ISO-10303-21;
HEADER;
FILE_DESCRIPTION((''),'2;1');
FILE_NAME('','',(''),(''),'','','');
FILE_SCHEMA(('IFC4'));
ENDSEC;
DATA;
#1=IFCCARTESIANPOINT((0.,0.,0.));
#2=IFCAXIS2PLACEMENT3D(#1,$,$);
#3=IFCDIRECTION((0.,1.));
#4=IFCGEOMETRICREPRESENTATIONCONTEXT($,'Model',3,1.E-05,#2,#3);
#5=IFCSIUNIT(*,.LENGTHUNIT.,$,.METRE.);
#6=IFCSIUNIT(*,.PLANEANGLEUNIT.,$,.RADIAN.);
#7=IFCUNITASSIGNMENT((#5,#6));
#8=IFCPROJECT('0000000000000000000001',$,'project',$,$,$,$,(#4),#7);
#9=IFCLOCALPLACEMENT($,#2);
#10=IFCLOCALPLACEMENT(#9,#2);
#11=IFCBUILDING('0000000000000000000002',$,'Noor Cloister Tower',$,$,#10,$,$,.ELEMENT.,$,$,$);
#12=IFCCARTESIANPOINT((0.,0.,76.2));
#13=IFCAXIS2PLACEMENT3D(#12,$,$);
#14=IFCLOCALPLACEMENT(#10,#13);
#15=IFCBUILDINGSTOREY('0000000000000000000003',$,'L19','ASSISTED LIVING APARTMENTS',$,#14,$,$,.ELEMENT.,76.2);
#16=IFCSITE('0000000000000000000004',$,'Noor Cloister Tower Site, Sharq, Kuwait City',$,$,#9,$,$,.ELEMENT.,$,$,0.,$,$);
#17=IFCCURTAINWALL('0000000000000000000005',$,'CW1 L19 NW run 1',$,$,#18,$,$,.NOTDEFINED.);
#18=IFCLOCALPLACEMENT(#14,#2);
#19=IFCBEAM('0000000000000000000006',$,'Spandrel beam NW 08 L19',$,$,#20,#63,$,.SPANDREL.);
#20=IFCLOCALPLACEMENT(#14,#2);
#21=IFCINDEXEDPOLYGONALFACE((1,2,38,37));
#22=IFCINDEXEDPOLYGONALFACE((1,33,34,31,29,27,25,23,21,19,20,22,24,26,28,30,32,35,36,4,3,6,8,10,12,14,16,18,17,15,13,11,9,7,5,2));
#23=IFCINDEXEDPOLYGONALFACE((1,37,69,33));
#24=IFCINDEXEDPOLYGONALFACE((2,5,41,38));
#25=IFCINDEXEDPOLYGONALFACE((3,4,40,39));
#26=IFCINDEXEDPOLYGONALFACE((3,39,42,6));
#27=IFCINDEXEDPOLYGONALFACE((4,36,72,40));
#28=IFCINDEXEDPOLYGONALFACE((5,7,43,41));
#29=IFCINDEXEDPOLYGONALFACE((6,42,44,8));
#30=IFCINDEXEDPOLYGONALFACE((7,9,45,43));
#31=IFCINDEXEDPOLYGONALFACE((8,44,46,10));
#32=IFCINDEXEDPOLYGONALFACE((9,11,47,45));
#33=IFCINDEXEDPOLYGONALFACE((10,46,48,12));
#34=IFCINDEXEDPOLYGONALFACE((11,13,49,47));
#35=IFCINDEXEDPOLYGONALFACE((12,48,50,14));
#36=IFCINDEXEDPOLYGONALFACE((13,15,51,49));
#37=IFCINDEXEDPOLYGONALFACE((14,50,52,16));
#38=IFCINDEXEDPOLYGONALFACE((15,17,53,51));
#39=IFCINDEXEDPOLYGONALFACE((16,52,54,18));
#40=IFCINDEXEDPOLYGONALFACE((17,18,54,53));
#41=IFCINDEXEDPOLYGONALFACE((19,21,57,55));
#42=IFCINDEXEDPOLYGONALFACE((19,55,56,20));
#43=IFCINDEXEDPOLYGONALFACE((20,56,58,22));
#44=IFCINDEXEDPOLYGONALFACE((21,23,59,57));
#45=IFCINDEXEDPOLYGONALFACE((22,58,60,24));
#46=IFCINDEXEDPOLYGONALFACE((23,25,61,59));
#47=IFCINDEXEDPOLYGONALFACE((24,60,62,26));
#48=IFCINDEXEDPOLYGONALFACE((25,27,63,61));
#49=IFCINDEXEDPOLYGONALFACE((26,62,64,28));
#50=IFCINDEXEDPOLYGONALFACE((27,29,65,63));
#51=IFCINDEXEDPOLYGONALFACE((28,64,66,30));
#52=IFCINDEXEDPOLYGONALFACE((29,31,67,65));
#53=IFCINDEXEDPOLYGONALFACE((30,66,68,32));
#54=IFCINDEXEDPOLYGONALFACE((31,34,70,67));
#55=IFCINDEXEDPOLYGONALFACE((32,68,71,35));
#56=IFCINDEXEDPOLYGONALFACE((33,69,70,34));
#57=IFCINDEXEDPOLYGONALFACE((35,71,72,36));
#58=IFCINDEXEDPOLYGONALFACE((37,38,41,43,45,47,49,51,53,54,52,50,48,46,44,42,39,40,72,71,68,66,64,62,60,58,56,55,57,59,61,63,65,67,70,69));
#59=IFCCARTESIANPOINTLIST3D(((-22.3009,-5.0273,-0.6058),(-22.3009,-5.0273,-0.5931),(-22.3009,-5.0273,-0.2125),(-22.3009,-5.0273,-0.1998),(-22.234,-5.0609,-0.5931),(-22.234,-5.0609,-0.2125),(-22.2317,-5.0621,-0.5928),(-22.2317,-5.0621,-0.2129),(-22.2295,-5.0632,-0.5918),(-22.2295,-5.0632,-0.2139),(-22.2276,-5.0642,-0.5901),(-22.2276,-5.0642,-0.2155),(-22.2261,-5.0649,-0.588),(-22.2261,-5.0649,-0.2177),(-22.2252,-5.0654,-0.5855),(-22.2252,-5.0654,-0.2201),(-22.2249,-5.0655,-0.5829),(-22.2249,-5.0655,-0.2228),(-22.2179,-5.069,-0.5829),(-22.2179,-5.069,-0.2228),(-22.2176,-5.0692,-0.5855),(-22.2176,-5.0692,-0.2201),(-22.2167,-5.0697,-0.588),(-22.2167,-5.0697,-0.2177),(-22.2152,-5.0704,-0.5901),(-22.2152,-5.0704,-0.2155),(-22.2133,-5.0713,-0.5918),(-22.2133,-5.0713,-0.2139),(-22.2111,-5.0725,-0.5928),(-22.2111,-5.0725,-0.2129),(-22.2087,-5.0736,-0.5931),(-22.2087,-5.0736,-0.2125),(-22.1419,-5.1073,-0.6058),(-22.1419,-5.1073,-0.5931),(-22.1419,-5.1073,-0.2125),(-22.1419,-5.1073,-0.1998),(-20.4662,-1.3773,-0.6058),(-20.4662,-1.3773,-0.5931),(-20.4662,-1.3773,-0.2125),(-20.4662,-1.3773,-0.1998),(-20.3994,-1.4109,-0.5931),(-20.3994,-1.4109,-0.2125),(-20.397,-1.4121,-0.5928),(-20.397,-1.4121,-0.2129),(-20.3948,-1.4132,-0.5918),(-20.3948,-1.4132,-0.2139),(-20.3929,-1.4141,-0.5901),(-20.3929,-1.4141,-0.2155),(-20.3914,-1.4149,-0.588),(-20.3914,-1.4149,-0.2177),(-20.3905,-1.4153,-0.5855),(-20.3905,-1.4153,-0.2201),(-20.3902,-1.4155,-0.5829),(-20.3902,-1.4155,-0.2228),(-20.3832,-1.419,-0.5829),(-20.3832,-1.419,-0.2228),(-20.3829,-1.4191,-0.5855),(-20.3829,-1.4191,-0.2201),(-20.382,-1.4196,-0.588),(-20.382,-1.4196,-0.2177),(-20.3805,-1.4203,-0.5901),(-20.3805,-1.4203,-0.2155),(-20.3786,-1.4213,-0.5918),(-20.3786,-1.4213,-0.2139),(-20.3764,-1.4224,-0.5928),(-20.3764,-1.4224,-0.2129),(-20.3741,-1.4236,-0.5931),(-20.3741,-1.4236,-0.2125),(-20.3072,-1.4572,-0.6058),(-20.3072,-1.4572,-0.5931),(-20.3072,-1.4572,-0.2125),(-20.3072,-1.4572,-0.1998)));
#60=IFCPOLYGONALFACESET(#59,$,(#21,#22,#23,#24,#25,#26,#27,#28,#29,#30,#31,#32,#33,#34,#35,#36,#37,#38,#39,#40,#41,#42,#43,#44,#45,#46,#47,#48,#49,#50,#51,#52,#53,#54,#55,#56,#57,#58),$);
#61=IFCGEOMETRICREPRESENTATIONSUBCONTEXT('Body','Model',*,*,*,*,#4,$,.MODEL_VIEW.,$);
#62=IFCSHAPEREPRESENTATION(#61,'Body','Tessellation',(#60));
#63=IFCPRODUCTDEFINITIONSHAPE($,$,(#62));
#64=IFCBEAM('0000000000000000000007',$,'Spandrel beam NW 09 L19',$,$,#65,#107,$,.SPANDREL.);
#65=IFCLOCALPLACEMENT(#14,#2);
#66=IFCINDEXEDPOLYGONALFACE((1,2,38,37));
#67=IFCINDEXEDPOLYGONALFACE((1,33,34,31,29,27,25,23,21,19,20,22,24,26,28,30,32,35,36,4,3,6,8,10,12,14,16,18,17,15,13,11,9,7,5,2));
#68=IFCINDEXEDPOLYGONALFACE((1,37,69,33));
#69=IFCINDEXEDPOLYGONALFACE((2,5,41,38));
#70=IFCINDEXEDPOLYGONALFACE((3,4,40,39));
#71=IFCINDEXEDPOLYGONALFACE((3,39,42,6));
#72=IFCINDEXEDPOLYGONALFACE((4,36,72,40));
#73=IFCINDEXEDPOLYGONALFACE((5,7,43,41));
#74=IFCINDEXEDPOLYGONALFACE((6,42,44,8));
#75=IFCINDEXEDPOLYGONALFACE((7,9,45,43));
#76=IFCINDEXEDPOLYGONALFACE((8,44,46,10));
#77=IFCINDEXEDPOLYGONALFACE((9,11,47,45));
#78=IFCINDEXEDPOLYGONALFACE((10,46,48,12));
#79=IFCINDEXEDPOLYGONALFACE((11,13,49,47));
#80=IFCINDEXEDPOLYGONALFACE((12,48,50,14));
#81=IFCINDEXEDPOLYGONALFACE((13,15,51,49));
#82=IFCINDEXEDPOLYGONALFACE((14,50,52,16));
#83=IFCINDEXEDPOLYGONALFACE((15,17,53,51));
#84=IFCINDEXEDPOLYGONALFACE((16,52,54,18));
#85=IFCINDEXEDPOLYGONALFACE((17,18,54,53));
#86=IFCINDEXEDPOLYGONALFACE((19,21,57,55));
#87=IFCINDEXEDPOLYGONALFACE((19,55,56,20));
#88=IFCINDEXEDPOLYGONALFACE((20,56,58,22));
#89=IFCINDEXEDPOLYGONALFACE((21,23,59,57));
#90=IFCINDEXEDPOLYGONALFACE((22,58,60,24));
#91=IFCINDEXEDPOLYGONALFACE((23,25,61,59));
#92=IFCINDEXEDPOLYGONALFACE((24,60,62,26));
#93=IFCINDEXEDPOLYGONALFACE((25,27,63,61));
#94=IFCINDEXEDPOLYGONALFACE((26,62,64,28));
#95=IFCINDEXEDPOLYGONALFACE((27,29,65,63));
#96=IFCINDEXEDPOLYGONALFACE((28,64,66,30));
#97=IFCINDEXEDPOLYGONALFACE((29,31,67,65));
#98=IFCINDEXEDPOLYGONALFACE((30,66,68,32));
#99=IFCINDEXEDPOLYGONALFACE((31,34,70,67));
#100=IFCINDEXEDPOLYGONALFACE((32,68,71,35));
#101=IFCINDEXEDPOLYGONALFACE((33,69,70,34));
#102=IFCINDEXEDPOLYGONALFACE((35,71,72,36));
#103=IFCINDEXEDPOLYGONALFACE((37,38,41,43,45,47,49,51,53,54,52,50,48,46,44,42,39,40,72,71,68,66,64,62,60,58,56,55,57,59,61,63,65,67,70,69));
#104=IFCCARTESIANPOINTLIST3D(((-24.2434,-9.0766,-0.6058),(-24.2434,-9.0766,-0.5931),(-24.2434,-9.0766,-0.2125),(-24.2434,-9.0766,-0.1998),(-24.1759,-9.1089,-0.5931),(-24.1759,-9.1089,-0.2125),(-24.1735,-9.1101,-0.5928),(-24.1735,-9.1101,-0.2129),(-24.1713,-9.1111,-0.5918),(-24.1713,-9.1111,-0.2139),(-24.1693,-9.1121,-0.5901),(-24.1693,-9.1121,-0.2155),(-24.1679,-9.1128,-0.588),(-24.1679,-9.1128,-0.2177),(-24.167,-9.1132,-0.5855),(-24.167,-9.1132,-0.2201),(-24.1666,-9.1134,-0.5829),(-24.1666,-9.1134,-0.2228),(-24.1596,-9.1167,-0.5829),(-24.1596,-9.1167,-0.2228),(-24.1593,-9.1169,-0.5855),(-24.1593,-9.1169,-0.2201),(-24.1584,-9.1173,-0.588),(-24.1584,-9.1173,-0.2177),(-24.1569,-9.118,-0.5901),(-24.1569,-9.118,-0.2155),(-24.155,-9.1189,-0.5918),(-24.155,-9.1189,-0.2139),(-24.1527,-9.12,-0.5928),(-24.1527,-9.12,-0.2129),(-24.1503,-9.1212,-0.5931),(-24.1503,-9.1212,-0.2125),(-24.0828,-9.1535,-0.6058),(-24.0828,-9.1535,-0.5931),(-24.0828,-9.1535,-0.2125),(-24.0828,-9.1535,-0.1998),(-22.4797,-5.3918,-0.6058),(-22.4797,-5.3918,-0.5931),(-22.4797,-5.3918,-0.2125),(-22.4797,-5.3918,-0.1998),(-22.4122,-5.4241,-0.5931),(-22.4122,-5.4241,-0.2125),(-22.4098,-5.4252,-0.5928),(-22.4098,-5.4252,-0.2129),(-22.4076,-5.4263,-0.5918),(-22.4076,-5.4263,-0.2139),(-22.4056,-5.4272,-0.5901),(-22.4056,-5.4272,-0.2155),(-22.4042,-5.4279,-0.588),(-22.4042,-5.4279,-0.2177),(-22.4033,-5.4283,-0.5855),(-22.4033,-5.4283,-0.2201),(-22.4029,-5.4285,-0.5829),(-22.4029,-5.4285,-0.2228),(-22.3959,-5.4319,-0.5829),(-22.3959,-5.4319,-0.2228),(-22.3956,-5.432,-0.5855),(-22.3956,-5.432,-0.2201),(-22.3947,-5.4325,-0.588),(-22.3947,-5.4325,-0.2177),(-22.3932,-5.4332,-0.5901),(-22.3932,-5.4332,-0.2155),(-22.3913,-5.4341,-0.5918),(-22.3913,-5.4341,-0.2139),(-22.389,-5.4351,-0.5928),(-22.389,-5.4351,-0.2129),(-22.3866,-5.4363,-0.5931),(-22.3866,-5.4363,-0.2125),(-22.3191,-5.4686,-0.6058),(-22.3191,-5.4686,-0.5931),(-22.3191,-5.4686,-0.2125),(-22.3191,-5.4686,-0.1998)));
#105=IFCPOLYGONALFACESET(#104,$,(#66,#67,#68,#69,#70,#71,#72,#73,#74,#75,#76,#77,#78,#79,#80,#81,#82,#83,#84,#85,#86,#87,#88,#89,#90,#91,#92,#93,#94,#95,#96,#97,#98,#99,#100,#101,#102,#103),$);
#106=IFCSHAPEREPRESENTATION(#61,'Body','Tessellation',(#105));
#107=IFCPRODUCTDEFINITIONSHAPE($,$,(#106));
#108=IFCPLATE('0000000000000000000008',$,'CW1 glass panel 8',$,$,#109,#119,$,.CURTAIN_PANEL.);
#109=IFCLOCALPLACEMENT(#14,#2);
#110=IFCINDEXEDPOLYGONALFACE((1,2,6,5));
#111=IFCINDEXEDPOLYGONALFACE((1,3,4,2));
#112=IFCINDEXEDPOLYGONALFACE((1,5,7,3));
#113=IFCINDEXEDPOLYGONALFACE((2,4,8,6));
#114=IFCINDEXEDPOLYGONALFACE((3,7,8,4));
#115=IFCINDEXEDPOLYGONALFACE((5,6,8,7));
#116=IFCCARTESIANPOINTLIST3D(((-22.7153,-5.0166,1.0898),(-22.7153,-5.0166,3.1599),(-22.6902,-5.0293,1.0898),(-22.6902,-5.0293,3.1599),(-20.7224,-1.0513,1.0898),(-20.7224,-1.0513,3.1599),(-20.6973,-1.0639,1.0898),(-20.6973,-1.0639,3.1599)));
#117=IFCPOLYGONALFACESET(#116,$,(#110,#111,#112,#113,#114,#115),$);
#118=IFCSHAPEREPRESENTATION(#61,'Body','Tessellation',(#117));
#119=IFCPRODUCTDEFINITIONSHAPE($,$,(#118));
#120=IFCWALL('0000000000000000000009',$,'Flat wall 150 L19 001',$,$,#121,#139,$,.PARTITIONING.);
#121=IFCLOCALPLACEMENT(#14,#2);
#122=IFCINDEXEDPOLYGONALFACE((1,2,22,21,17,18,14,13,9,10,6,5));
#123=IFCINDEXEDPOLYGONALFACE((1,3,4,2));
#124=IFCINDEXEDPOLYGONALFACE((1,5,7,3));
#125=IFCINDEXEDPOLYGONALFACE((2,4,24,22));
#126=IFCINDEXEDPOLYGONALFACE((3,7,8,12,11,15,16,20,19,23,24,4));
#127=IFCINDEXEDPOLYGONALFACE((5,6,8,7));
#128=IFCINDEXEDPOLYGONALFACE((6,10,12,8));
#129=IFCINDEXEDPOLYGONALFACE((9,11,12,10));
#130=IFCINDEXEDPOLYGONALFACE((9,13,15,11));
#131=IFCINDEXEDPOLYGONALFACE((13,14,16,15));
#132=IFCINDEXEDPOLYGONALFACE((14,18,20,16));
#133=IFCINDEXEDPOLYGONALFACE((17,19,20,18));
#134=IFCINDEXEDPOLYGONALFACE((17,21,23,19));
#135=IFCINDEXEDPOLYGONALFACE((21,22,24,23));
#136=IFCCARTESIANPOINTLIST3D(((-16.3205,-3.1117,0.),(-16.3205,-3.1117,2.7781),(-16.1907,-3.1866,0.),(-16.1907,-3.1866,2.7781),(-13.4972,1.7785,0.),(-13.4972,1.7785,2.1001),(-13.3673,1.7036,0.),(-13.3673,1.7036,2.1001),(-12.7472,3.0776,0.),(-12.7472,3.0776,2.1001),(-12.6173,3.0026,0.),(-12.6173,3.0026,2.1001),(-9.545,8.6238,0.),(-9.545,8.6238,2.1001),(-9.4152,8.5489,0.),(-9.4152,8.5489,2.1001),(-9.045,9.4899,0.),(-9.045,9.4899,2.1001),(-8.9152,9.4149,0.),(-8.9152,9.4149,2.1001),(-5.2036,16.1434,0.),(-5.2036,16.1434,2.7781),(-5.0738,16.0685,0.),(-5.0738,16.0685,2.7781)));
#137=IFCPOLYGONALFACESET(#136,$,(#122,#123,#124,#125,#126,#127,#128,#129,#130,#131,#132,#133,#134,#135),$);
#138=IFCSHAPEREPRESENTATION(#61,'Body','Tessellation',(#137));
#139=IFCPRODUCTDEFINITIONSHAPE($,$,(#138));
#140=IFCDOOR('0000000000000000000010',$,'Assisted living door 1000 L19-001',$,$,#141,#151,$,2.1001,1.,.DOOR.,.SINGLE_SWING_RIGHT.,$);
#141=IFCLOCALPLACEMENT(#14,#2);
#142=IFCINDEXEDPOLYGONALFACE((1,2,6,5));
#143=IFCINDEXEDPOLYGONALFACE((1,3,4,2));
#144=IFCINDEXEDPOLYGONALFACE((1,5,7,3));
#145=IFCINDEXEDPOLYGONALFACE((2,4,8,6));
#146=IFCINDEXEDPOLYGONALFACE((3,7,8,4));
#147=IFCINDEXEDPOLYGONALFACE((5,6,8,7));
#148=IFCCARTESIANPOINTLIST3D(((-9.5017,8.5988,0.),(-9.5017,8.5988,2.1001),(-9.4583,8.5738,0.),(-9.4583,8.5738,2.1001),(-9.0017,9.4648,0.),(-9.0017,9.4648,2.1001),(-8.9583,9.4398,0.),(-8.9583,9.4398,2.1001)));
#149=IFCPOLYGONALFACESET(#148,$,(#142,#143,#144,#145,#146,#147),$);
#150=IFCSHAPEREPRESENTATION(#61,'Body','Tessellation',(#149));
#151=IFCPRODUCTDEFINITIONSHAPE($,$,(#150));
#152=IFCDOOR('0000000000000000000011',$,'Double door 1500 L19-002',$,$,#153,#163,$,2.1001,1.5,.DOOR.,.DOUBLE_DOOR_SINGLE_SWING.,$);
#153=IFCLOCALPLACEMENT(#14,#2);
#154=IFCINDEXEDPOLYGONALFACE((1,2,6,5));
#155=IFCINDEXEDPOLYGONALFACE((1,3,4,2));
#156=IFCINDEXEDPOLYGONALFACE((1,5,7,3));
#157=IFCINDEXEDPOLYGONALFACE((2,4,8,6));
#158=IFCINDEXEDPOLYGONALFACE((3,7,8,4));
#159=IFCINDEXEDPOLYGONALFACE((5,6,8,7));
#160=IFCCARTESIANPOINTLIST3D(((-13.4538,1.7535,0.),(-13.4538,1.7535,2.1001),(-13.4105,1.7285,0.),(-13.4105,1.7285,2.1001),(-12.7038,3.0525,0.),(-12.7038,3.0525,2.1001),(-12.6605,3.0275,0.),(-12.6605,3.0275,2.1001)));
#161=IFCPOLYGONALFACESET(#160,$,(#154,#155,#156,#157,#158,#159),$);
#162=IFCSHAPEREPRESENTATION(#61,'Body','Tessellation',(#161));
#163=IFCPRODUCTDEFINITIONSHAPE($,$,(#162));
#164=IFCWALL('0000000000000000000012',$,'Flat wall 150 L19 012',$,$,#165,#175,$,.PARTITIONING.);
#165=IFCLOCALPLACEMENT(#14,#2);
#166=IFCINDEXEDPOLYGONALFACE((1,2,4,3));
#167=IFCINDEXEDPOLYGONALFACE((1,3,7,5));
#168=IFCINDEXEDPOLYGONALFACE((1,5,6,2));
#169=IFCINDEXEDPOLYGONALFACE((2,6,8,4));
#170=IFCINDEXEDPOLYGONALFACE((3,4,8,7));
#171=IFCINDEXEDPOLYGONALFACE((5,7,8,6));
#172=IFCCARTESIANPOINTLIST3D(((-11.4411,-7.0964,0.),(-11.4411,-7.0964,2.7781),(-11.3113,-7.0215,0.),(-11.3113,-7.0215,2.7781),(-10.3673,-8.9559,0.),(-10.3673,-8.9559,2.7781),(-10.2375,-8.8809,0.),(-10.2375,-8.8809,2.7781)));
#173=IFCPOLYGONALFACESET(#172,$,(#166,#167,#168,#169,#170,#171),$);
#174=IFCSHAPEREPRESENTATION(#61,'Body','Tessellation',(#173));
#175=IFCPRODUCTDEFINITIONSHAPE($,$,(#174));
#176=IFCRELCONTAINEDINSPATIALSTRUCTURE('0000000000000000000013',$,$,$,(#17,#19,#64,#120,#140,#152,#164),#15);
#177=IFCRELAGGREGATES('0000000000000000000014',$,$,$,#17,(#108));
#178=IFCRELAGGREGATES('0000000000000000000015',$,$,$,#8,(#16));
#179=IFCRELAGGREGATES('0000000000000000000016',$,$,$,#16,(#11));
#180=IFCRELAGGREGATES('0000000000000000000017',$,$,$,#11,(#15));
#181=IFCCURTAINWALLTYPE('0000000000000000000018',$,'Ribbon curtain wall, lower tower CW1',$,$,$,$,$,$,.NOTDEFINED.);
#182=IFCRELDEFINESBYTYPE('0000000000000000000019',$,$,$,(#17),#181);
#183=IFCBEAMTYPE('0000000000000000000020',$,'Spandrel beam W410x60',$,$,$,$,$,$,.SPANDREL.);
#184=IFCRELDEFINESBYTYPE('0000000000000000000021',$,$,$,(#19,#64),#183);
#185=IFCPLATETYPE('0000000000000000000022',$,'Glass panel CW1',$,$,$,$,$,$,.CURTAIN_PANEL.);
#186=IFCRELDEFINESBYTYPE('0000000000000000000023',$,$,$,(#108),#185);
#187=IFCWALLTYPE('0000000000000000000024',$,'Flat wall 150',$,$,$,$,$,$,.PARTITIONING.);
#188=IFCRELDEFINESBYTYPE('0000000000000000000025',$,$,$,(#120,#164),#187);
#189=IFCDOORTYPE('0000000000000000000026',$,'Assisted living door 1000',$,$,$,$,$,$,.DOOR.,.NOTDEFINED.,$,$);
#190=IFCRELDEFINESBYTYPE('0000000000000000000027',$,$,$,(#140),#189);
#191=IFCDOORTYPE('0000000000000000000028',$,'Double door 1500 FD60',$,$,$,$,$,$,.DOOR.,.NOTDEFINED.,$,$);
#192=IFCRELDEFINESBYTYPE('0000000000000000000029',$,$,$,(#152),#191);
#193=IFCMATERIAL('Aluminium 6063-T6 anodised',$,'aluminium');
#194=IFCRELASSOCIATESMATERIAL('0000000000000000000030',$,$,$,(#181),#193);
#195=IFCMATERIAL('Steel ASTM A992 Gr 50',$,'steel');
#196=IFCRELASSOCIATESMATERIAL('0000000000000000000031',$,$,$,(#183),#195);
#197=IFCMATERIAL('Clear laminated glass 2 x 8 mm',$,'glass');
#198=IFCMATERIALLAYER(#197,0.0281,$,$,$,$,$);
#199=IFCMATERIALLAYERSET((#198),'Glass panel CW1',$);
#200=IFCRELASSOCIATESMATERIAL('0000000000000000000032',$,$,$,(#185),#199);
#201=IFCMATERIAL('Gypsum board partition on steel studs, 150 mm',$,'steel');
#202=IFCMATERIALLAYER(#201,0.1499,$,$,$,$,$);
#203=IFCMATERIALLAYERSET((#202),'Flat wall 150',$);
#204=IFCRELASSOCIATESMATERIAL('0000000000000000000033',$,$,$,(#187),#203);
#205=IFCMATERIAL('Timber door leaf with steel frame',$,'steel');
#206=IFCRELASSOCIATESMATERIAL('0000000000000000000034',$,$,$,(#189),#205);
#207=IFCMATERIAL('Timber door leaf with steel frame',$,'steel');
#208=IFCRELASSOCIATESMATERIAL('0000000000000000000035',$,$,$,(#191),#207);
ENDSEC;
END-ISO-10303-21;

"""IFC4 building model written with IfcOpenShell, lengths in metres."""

from ifc_helpers import new_model, si_unit, direction, frame, frame_2d, origin, origin_2d, place, context, subcontext, project, spatial, rectangle, i_section, extrude, material, layer, layer_set, material_profile, profile_set, type_object, element, fill, aggregate, save


model = new_model("IFC4")

# Units and contexts
model_context = context("Model", 3, precision=1e-05, world=origin(), true_north=direction((0.0, 1.0)))
body_context = subcontext(model_context, "Body", "Model", "MODEL_VIEW")
ifc_project = project(units=[si_unit("LENGTHUNIT", "METRE"), si_unit("PLANEANGLEUNIT", "RADIAN")], contexts=[model_context])

# Site, building, storey
site_placement = place(None, origin())
site = spatial("IfcSite", under=ifc_project, at=site_placement, Name="Noor Cloister Tower Site, Sharq, Kuwait City", CompositionType="ELEMENT", RefElevation=0.0)
building_placement = place(site_placement, origin())
building = spatial("IfcBuilding", under=site, at=building_placement, Name="Noor Cloister Tower", CompositionType="ELEMENT")
storey_placement = place(building_placement, frame((0.0, 0.0, 76.2)))
storey = spatial("IfcBuildingStorey", under=building, at=storey_placement, Name="L19", Description="ASSISTED LIVING APARTMENTS", CompositionType="ELEMENT", Elevation=76.2)

# Curtain wall
ifc_material_1 = material(Name="Aluminium 6063-T6 anodised", Category="aluminium")
curtain_wall_type = type_object("IfcCurtainWallType", Name="Ribbon curtain wall, lower tower CW1", PredefinedType="NOTDEFINED", material=ifc_material_1)
curtain_wall_placement = place(storey_placement, origin())
curtain_wall = element("IfcCurtainWall", 1, at=curtain_wall_placement, inside=storey, type_object=curtain_wall_type, Name="CW1 L19 NW run 1", PredefinedType="NOTDEFINED")

# Beams
ifc_material_2 = material(Name="Steel ASTM A992 Gr 50", Category="steel")
ifc_material_profile_1 = material_profile(ifc_material_2, i_section(OverallWidth=0.178, OverallDepth=0.406, WebThickness=0.0078, FlangeThickness=0.0127, FilletRadius=0.0103, at=origin_2d()), Name="W410x60")
ifc_profile_set_1 = profile_set([ifc_material_profile_1], Name="Steel ASTM A992 Gr 50")
beam_type_1 = type_object("IfcBeamType", Name="Spandrel beam W410x60", PredefinedType="SPANDREL", material=ifc_profile_set_1)
for number, where, z_axis, x_axis, name in (
    (2, (-20.3867, -1.4172, -0.4028), (-0.449101, -0.893481, 0.0), (0.893481, -0.449101, 0.0), "Spandrel beam NW 08 L19"),
    (3, (-22.3994, -5.4302, -0.4028), (-0.431728, -0.902004, 0.0), (0.902004, -0.431728, 0.0), "Spandrel beam NW 09 L19"),
):
    element("IfcBeam", number, at=place(storey_placement, frame(where, z_axis=z_axis, x_axis=x_axis)), inside=storey, type_object=beam_type_1, Name=name, PredefinedType="SPANDREL", context=body_context, shape_type="SweptSolid", body=[
        extrude(i_section(OverallWidth=0.178, OverallDepth=0.406, WebThickness=0.0078, FlangeThickness=0.0127, FilletRadius=0.0103, at=origin_2d()), origin(), (0.0, 0.0, 1.0), 4.0852),
    ])

# Plate
ifc_material_3 = material(Name="Clear laminated glass 2 x 8 mm", Category="glass")
ifc_layer_1 = layer(ifc_material_3, 0.0281)
ifc_layer_set_1 = layer_set([ifc_layer_1], Name="Glass panel CW1")
plate_type = type_object("IfcPlateType", Name="Glass panel CW1", PredefinedType="CURTAIN_PANEL", material=ifc_layer_set_1)
plate_placement = place(storey_placement, frame((-21.7063, -3.0403, 1.0898), z_axis=(0.0, 0.0, 1.0), x_axis=(-0.449068, -0.893498, 0.0)))
plate = element("IfcPlate", 4, at=plate_placement, type_object=plate_type, Name="CW1 glass panel 8", PredefinedType="CURTAIN_PANEL", context=body_context, shape_type="SweptSolid", body=[
    extrude(rectangle(XDim=4.438, YDim=0.0281, at=origin_2d()), origin(), (0.0, 0.0, 1.0), 2.0701),
])
aggregate(curtain_wall, [plate])

# Wall, openings, doors
ifc_material_4 = material(Name="Gypsum board partition on steel studs, 150 mm", Category="steel")
ifc_layer_2 = layer(ifc_material_4, 0.1499)
ifc_layer_set_2 = layer_set([ifc_layer_2], Name="Flat wall 150")
wall_type_1 = type_object("IfcWallType", Name="Flat wall 150", PredefinedType="PARTITIONING", material=ifc_layer_set_2)
wall_1_placement = place(storey_placement, frame((-16.2556, -3.1492, 0.0), z_axis=(0.0, 0.0, 1.0), x_axis=(0.5, 0.866026, 0.0)))
wall_1 = element("IfcWall", 5, at=wall_1_placement, inside=storey, type_object=wall_type_1, Name="Flat wall 150 L19 001", PredefinedType="PARTITIONING", context=body_context, shape_type="SweptSolid", body=[
    extrude(rectangle(XDim=22.2339, YDim=0.1499, at=frame_2d((11.1169, 0.0))), origin(), (0.0, 0.0, 1.0), 2.7781),
])
opening_1_placement = place(wall_1_placement, frame((13.551, 0.0, 0.0)))
opening_1 = element("IfcOpeningElement", 6, at=opening_1_placement, cuts=wall_1, PredefinedType="OPENING", context=body_context, shape_type="SweptSolid", body=[
    extrude(rectangle(XDim=1.0, YDim=2.1001, at=frame_2d((0.5, 1.05))), frame((0.0, 0.085, 0.0), z_axis=(0.0, -1.0, 0.0), x_axis=(1.0, 0.0, 0.0)), (0.0, 0.0, 1.0), 0.1699),
])
opening_2_placement = place(wall_1_placement, frame((5.6467, 0.0, 0.0)))
opening_2 = element("IfcOpeningElement", 7, at=opening_2_placement, cuts=wall_1, PredefinedType="OPENING", context=body_context, shape_type="SweptSolid", body=[
    extrude(rectangle(XDim=1.5, YDim=2.1001, at=frame_2d((0.75, 1.05))), frame((0.0, 0.085, 0.0), z_axis=(0.0, -1.0, 0.0), x_axis=(1.0, 0.0, 0.0)), (0.0, 0.0, 1.0), 0.1699),
])
ifc_material_5 = material(Name="Timber door leaf with steel frame", Category="steel")
door_type_1 = type_object("IfcDoorType", Name="Assisted living door 1000", OperationType="NOTDEFINED", PredefinedType="DOOR", material=ifc_material_5)
door_1_placement = place(opening_1_placement, origin())
door_1 = element("IfcDoor", 8, at=door_1_placement, inside=storey, type_object=door_type_1, Name="Assisted living door 1000 L19-001", OperationType="SINGLE_SWING_RIGHT", OverallHeight=2.1001, OverallWidth=1.0, PredefinedType="DOOR", context=body_context, shape_type="SweptSolid", body=[
    extrude(rectangle(XDim=1.0, YDim=2.1001, at=frame_2d((0.5, 1.05))), frame((0.0, 0.0249, 0.0), z_axis=(0.0, -1.0, 0.0), x_axis=(1.0, 0.0, 0.0)), (0.0, 0.0, 1.0), 0.05),
])
fill(opening_1, door_1)
ifc_material_6 = material(Name="Timber door leaf with steel frame", Category="steel")
door_type_2 = type_object("IfcDoorType", Name="Double door 1500 FD60", OperationType="NOTDEFINED", PredefinedType="DOOR", material=ifc_material_6)
door_2_placement = place(opening_2_placement, origin())
door_2 = element("IfcDoor", 9, at=door_2_placement, inside=storey, type_object=door_type_2, Name="Double door 1500 L19-002", OperationType="DOUBLE_DOOR_SINGLE_SWING", OverallHeight=2.1001, OverallWidth=1.5, PredefinedType="DOOR", context=body_context, shape_type="SweptSolid", body=[
    extrude(rectangle(XDim=1.5, YDim=2.1001, at=frame_2d((0.75, 1.05))), frame((0.0, 0.0249, 0.0), z_axis=(0.0, -1.0, 0.0), x_axis=(1.0, 0.0, 0.0)), (0.0, 0.0, 1.0), 0.05),
])
fill(opening_2, door_2)

# Wall
wall_2_placement = place(storey_placement, frame((-11.3762, -7.0588, 0.0), z_axis=(0.0, 0.0, 1.0), x_axis=(0.500077, -0.865981, 0.0)))
element("IfcWall", 10, at=wall_2_placement, inside=storey, type_object=wall_type_1, Name="Flat wall 150 L19 012", PredefinedType="PARTITIONING", context=body_context, shape_type="SweptSolid", body=[
    extrude(rectangle(XDim=2.1472, YDim=0.1499, at=frame_2d((1.0737, 0.0))), origin(), (0.0, 0.0, 1.0), 2.7781),
])

save(model, "model.ifc")
